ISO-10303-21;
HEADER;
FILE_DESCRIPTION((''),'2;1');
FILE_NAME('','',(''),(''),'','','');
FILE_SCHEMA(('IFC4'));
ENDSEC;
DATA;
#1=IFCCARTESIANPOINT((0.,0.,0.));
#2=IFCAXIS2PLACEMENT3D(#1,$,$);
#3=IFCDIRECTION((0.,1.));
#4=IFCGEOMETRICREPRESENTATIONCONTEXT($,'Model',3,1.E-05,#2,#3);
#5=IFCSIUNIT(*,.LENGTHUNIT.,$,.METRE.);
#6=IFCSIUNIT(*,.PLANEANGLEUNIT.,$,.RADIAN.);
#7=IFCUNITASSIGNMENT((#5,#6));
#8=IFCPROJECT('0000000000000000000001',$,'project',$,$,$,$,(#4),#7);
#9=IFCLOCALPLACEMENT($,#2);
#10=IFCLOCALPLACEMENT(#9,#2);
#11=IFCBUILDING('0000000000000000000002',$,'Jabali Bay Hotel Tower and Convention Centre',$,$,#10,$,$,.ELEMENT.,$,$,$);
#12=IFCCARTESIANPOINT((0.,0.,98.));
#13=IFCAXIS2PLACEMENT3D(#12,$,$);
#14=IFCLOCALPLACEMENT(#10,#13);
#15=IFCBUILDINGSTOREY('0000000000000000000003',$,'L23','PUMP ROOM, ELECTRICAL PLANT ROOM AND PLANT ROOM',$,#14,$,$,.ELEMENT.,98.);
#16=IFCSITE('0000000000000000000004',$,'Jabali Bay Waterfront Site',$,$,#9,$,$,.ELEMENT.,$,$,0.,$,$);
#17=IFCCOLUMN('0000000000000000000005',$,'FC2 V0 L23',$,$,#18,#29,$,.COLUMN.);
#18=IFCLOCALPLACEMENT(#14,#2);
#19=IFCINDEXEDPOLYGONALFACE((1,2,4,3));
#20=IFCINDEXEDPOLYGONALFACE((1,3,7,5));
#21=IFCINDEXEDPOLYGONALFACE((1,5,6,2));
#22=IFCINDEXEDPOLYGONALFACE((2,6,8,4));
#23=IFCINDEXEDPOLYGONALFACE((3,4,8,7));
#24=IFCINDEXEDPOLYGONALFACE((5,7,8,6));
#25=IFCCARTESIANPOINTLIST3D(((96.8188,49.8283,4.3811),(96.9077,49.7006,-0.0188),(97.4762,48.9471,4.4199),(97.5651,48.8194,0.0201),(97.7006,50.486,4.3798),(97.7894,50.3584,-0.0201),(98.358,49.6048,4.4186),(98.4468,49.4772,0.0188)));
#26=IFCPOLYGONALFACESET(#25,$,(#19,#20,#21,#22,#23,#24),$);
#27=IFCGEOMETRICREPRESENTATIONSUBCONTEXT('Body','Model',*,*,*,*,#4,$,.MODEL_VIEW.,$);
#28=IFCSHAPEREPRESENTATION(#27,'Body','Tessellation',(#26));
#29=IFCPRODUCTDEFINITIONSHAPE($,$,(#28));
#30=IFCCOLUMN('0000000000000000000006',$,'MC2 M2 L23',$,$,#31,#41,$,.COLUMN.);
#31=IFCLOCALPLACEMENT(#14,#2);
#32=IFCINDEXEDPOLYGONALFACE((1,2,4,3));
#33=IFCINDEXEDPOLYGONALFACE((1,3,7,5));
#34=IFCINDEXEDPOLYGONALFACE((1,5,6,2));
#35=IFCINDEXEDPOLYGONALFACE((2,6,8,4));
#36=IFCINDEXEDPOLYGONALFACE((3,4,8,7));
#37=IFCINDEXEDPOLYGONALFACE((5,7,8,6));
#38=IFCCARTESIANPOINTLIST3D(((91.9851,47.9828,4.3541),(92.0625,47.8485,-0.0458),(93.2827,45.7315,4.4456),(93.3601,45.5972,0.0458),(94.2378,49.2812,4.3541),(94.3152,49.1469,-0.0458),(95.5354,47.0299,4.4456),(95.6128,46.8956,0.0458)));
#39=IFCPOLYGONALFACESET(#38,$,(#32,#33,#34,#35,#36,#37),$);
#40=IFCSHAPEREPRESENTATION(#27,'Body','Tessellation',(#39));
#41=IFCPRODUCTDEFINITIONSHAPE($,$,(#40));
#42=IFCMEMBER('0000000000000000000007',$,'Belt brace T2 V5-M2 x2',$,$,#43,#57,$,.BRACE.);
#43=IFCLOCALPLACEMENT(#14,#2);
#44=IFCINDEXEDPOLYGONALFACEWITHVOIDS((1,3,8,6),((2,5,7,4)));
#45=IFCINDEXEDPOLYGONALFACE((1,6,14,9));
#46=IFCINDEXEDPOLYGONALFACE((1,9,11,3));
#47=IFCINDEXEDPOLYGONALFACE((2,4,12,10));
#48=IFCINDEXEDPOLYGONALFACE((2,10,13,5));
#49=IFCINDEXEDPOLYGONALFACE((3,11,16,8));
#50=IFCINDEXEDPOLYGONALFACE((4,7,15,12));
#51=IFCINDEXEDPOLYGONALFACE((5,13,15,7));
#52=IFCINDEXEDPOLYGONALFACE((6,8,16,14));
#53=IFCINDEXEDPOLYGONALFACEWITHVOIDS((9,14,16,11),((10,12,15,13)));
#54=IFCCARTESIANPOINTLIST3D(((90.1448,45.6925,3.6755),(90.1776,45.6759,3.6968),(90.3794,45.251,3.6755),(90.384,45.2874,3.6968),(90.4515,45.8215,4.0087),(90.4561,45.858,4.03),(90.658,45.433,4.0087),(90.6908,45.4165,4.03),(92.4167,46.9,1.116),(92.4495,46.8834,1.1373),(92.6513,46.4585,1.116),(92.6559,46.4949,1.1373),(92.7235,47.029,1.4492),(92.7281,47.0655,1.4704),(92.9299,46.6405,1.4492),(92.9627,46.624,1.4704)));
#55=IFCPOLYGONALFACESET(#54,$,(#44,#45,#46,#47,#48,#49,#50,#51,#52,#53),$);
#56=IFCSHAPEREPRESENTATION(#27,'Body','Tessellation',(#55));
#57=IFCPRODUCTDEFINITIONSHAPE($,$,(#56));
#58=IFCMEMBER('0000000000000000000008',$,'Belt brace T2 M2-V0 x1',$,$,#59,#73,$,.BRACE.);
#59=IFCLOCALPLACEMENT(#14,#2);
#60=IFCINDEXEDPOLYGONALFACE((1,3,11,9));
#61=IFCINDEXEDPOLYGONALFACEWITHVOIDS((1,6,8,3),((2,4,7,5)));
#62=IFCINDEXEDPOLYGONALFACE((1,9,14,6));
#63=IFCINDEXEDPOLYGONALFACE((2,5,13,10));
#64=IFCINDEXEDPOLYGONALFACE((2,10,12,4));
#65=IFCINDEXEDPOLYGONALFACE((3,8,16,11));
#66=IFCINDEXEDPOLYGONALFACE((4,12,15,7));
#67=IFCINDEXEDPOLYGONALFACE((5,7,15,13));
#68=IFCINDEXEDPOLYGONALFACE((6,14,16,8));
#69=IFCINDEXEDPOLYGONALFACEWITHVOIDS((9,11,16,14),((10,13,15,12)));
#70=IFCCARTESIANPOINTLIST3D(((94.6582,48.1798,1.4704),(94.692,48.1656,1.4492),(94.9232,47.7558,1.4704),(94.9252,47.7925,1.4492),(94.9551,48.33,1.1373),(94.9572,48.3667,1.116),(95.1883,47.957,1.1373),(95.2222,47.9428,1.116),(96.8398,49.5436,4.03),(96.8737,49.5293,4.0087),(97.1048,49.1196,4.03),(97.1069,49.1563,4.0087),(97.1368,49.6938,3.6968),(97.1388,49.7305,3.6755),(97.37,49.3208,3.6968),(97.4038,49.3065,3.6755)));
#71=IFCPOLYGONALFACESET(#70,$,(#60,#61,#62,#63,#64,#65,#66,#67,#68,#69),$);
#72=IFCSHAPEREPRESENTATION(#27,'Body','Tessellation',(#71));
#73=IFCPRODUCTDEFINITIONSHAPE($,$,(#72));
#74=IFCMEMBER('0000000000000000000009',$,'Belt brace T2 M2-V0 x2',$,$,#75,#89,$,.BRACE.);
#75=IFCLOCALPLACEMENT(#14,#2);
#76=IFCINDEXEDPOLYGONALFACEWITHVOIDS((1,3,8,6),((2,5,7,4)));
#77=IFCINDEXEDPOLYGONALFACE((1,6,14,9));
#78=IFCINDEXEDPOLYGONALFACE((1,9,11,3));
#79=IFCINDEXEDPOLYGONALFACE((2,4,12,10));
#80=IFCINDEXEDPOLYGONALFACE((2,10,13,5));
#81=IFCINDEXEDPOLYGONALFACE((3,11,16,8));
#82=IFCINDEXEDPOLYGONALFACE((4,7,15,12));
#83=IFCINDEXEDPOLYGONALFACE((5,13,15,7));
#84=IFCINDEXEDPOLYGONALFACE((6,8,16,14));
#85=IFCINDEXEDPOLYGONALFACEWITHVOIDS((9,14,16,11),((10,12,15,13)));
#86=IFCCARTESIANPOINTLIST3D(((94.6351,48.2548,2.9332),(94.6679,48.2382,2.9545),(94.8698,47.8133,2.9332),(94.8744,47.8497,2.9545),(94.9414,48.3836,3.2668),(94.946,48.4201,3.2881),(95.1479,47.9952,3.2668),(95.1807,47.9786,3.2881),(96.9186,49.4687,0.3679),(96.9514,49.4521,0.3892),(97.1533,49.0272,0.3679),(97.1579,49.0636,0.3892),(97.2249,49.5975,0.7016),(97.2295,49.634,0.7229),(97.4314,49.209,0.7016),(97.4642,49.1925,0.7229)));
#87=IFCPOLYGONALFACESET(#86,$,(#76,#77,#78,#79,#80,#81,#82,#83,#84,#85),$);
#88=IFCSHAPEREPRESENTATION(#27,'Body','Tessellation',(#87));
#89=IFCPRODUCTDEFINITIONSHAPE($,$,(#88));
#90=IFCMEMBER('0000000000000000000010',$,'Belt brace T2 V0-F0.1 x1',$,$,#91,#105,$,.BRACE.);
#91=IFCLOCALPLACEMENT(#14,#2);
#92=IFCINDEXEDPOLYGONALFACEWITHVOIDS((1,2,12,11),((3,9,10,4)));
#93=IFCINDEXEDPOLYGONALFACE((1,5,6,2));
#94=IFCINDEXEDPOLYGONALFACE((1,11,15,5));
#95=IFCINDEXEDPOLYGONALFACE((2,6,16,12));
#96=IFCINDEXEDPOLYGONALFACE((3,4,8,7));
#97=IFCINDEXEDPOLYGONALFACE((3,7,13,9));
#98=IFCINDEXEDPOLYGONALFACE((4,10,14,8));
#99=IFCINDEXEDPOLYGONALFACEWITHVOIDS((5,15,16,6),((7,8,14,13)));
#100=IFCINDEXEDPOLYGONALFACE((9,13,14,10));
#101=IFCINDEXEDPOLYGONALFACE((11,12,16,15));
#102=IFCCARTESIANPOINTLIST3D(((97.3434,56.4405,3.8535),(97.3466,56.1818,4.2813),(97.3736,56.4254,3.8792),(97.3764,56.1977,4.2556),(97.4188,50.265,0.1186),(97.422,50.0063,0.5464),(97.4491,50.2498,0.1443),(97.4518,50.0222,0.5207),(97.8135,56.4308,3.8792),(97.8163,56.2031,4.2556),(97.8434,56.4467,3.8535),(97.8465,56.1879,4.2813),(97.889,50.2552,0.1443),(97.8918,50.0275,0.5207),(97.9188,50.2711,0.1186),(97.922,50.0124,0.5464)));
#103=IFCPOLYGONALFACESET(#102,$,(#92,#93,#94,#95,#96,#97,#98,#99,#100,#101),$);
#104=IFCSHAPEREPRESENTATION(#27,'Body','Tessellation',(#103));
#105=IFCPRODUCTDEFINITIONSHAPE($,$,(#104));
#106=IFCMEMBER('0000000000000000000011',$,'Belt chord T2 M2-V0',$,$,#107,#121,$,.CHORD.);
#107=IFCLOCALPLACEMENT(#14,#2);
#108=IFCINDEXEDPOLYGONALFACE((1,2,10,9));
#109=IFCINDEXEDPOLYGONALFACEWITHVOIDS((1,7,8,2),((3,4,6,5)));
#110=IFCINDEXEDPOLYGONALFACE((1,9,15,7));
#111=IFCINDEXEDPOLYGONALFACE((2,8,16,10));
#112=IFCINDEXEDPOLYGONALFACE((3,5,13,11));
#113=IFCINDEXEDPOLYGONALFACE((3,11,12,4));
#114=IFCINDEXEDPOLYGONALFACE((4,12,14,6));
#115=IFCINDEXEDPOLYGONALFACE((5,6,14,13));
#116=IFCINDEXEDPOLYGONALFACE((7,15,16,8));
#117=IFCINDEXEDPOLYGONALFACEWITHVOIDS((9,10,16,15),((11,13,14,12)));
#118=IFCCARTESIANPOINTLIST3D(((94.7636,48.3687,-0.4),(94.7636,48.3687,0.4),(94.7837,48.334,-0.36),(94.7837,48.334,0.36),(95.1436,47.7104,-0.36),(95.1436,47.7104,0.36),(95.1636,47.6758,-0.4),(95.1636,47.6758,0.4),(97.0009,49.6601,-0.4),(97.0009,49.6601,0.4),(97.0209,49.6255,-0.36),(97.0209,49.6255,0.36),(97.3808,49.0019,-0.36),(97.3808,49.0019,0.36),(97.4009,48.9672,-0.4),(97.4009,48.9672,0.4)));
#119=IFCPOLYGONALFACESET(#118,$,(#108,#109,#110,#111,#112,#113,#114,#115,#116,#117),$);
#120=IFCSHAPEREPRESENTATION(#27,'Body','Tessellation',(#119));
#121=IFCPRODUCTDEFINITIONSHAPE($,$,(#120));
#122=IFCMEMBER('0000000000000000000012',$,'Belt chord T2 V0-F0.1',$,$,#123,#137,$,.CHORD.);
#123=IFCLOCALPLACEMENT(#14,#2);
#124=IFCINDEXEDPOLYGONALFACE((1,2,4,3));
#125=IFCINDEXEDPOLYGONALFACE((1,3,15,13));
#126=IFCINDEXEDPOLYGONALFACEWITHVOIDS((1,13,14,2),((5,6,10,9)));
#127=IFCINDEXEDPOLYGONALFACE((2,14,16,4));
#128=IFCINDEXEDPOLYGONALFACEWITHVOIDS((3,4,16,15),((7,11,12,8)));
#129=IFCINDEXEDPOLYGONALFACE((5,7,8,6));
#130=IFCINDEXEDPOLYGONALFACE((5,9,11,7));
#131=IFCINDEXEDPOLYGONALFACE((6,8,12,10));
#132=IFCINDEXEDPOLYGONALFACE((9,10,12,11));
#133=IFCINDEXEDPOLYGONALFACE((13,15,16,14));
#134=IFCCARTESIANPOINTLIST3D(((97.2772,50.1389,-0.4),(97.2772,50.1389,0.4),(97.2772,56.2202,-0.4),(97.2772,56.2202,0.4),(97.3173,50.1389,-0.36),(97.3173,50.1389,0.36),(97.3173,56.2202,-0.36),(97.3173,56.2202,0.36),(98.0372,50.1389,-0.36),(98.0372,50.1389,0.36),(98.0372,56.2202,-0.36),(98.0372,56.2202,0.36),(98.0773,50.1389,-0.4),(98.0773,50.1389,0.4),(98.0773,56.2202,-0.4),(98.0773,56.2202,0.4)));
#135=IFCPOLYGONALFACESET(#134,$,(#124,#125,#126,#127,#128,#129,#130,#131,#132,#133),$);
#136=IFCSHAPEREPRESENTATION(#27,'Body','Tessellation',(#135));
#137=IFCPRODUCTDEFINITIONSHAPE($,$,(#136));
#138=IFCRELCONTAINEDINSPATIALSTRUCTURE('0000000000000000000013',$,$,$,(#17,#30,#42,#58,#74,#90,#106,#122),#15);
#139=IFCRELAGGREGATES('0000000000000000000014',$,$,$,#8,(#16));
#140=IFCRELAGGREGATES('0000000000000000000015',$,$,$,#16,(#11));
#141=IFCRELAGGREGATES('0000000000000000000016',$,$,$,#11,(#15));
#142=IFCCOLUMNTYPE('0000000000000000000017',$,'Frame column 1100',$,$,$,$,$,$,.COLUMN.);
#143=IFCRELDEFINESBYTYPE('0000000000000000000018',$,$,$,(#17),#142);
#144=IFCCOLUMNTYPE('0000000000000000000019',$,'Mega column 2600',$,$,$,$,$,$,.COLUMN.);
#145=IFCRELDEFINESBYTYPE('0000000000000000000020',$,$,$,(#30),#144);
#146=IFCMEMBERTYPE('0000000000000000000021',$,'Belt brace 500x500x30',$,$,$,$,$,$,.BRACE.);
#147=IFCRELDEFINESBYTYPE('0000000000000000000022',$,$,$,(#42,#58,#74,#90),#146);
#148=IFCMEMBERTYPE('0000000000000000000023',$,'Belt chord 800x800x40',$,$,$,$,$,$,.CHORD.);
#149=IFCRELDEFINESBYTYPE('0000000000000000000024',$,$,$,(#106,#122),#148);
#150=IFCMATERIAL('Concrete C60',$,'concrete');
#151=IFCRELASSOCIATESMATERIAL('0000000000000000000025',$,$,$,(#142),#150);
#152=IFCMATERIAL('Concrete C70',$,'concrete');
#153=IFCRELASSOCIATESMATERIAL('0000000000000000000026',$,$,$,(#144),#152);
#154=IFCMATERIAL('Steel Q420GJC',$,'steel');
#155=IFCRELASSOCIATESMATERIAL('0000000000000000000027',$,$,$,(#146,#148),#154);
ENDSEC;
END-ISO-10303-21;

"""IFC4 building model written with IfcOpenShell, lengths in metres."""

from ifc_helpers import new_model, si_unit, direction, frame, origin, origin_2d, place, context, subcontext, project, spatial, rectangle, hollow_rectangle, extrude, material, material_profile, profile_set, type_object, element, save


model = new_model("IFC4")

# Units and contexts
model_context = context("Model", 3, precision=1e-05, world=origin(), true_north=direction((0.0, 1.0)))
body_context = subcontext(model_context, "Body", "Model", "MODEL_VIEW")
ifc_project = project(units=[si_unit("LENGTHUNIT", "METRE"), si_unit("PLANEANGLEUNIT", "RADIAN")], contexts=[model_context])

# Site, building, storey
site_placement = place(None, origin())
site = spatial("IfcSite", under=ifc_project, at=site_placement, Name="Jabali Bay Waterfront Site", CompositionType="ELEMENT", RefElevation=0.0)
building_placement = place(site_placement, origin())
building = spatial("IfcBuilding", under=site, at=building_placement, Name="Jabali Bay Hotel Tower and Convention Centre", CompositionType="ELEMENT")
storey_placement = place(building_placement, frame((0.0, 0.0, 98.0)))
storey = spatial("IfcBuildingStorey", under=building, at=storey_placement, Name="L23", Description="PUMP ROOM, ELECTRICAL PLANT ROOM AND PLANT ROOM", CompositionType="ELEMENT", Elevation=98.0)

# Columns
ifc_material_1 = material(Name="Concrete C60", Category="concrete")
ifc_material_profile_1 = material_profile(ifc_material_1, rectangle(XDim=1.1001, YDim=1.1001, at=origin_2d()), Name="Frame column 1100")
ifc_profile_set_1 = profile_set([ifc_material_profile_1], Name="Concrete C60")
column_type_1 = type_object("IfcColumnType", Name="Frame column 1100", PredefinedType="COLUMN", material=ifc_profile_set_1)
column_1_placement = place(storey_placement, frame((97.6772, 49.5889, 0.0), z_axis=(-0.020185, 0.029002, 0.999376), x_axis=(-0.801547, -0.59793, 0.001163)))
element("IfcColumn", 1, at=column_1_placement, inside=storey, type_object=column_type_1, Name="FC2 V0 L23", PredefinedType="COLUMN", context=body_context, shape_type="SweptSolid", body=[
    extrude(rectangle(XDim=1.1001, YDim=1.1001, at=origin_2d()), origin(), (0.0, 0.0, 1.0), 4.4026),
])
ifc_material_2 = material(Name="Concrete C70", Category="concrete")
ifc_material_profile_2 = material_profile(ifc_material_2, rectangle(XDim=2.6001, YDim=2.6001, at=origin_2d()), Name="Mega column 2600")
ifc_profile_set_2 = profile_set([ifc_material_profile_2], Name="Concrete C70")
column_type_2 = type_object("IfcColumnType", Name="Mega column 2600", PredefinedType="COLUMN", material=ifc_profile_set_2)
column_2_placement = place(storey_placement, frame((93.8376, 47.3721, 0.0), z_axis=(-0.017579, 0.030499, 0.99938), x_axis=(0.499046, -0.86586, 0.035203)))
element("IfcColumn", 2, at=column_2_placement, inside=storey, type_object=column_type_2, Name="MC2 M2 L23", PredefinedType="COLUMN", context=body_context, shape_type="SweptSolid", body=[
    extrude(rectangle(XDim=2.6001, YDim=2.6001, at=origin_2d()), origin(), (0.0, 0.0, 1.0), 4.4026),
])

# Members
ifc_material_3 = material(Name="Steel Q420GJC", Category="steel")
ifc_material_profile_3 = material_profile(ifc_material_3, hollow_rectangle(XDim=0.5, YDim=0.5, WallThickness=0.03, at=origin_2d()), Name="Belt brace 500x500x30")
ifc_profile_set_3 = profile_set([ifc_material_profile_3], Name="Steel Q420GJC")
member_type_1 = type_object("IfcMemberType", Name="Belt brace 500x500x30", PredefinedType="BRACE", material=ifc_profile_set_3)
for number, where, z_axis, x_axis, name in (
    (3, (92.6897, 46.762, 1.2932), (-0.626019, -0.33272, 0.705264), (0.469317, -0.88303, 0.0), "Belt brace T2 V5-M2 x2"),
    (4, (94.9402, 48.0613, 1.2932), (0.601142, 0.375781, 0.705278), (-0.530067, 0.847956, 0.0), "Belt brace T2 M2-V0 x1"),
):
    element("IfcMember", number, at=place(storey_placement, frame(where, z_axis=z_axis, x_axis=x_axis)), inside=storey, type_object=member_type_1, Name=name, PredefinedType="BRACE", context=body_context, shape_type="SweptSolid", body=[
        extrude(hollow_rectangle(XDim=0.5, YDim=0.5, WallThickness=0.03, at=origin_2d()), origin(), (0.0, 0.0, 1.0), 3.6292),
    ])
member_1_placement = place(storey_placement, frame((97.1914, 49.3306, 0.5454), z_axis=(-0.626891, -0.333251, 0.704238), x_axis=(0.469392, -0.88299, 0.0)))
element("IfcMember", 5, at=member_1_placement, inside=storey, type_object=member_type_1, Name="Belt brace T2 M2-V0 x2", PredefinedType="BRACE", context=body_context, shape_type="SweptSolid", body=[
    extrude(hollow_rectangle(XDim=0.5, YDim=0.5, WallThickness=0.03, at=origin_2d()), origin(), (0.0, 0.0, 1.0), 3.6426),
])
member_2_placement = place(storey_placement, frame((97.6704, 50.1387, 0.3325), z_axis=(-0.010452, 0.855635, 0.517474), x_axis=(-0.999925, -0.012215, 0.0)))
element("IfcMember", 6, at=member_2_placement, inside=storey, type_object=member_type_1, Name="Belt brace T2 V0-F0.1 x1", PredefinedType="BRACE", context=body_context, shape_type="SweptSolid", body=[
    extrude(hollow_rectangle(XDim=0.5, YDim=0.5, WallThickness=0.03, at=origin_2d()), origin(), (0.0, 0.0, 1.0), 7.2175),
])
ifc_material_profile_4 = material_profile(ifc_material_3, hollow_rectangle(XDim=0.8, YDim=0.8, WallThickness=0.04, at=origin_2d()), Name="Belt chord 800x800x40")
ifc_profile_set_4 = profile_set([ifc_material_profile_4], Name="Steel Q420GJC")
member_type_2 = type_object("IfcMemberType", Name="Belt chord 800x800x40", PredefinedType="CHORD", material=ifc_profile_set_4)
member_3_placement = place(storey_placement, frame((94.9636, 48.0222, 0.0), z_axis=(0.86606, 0.499941, 0.0), x_axis=(-0.499941, 0.86606, 0.0)))
element("IfcMember", 7, at=member_3_placement, inside=storey, type_object=member_type_2, Name="Belt chord T2 M2-V0", PredefinedType="CHORD", context=body_context, shape_type="SweptSolid", body=[
    extrude(hollow_rectangle(XDim=0.8, YDim=0.8, WallThickness=0.04, at=origin_2d()), origin(), (0.0, 0.0, 1.0), 2.5833),
])
member_4_placement = place(storey_placement, frame((97.6772, 50.1389, 0.0), z_axis=(0.0, 1.0, 0.0), x_axis=(-1.0, 0.0, 0.0)))
element("IfcMember", 8, at=member_4_placement, inside=storey, type_object=member_type_2, Name="Belt chord T2 V0-F0.1", PredefinedType="CHORD", context=body_context, shape_type="SweptSolid", body=[
    extrude(hollow_rectangle(XDim=0.8, YDim=0.8, WallThickness=0.04, at=origin_2d()), origin(), (0.0, 0.0, 1.0), 6.0813),
])

save(model, "model.ifc")
